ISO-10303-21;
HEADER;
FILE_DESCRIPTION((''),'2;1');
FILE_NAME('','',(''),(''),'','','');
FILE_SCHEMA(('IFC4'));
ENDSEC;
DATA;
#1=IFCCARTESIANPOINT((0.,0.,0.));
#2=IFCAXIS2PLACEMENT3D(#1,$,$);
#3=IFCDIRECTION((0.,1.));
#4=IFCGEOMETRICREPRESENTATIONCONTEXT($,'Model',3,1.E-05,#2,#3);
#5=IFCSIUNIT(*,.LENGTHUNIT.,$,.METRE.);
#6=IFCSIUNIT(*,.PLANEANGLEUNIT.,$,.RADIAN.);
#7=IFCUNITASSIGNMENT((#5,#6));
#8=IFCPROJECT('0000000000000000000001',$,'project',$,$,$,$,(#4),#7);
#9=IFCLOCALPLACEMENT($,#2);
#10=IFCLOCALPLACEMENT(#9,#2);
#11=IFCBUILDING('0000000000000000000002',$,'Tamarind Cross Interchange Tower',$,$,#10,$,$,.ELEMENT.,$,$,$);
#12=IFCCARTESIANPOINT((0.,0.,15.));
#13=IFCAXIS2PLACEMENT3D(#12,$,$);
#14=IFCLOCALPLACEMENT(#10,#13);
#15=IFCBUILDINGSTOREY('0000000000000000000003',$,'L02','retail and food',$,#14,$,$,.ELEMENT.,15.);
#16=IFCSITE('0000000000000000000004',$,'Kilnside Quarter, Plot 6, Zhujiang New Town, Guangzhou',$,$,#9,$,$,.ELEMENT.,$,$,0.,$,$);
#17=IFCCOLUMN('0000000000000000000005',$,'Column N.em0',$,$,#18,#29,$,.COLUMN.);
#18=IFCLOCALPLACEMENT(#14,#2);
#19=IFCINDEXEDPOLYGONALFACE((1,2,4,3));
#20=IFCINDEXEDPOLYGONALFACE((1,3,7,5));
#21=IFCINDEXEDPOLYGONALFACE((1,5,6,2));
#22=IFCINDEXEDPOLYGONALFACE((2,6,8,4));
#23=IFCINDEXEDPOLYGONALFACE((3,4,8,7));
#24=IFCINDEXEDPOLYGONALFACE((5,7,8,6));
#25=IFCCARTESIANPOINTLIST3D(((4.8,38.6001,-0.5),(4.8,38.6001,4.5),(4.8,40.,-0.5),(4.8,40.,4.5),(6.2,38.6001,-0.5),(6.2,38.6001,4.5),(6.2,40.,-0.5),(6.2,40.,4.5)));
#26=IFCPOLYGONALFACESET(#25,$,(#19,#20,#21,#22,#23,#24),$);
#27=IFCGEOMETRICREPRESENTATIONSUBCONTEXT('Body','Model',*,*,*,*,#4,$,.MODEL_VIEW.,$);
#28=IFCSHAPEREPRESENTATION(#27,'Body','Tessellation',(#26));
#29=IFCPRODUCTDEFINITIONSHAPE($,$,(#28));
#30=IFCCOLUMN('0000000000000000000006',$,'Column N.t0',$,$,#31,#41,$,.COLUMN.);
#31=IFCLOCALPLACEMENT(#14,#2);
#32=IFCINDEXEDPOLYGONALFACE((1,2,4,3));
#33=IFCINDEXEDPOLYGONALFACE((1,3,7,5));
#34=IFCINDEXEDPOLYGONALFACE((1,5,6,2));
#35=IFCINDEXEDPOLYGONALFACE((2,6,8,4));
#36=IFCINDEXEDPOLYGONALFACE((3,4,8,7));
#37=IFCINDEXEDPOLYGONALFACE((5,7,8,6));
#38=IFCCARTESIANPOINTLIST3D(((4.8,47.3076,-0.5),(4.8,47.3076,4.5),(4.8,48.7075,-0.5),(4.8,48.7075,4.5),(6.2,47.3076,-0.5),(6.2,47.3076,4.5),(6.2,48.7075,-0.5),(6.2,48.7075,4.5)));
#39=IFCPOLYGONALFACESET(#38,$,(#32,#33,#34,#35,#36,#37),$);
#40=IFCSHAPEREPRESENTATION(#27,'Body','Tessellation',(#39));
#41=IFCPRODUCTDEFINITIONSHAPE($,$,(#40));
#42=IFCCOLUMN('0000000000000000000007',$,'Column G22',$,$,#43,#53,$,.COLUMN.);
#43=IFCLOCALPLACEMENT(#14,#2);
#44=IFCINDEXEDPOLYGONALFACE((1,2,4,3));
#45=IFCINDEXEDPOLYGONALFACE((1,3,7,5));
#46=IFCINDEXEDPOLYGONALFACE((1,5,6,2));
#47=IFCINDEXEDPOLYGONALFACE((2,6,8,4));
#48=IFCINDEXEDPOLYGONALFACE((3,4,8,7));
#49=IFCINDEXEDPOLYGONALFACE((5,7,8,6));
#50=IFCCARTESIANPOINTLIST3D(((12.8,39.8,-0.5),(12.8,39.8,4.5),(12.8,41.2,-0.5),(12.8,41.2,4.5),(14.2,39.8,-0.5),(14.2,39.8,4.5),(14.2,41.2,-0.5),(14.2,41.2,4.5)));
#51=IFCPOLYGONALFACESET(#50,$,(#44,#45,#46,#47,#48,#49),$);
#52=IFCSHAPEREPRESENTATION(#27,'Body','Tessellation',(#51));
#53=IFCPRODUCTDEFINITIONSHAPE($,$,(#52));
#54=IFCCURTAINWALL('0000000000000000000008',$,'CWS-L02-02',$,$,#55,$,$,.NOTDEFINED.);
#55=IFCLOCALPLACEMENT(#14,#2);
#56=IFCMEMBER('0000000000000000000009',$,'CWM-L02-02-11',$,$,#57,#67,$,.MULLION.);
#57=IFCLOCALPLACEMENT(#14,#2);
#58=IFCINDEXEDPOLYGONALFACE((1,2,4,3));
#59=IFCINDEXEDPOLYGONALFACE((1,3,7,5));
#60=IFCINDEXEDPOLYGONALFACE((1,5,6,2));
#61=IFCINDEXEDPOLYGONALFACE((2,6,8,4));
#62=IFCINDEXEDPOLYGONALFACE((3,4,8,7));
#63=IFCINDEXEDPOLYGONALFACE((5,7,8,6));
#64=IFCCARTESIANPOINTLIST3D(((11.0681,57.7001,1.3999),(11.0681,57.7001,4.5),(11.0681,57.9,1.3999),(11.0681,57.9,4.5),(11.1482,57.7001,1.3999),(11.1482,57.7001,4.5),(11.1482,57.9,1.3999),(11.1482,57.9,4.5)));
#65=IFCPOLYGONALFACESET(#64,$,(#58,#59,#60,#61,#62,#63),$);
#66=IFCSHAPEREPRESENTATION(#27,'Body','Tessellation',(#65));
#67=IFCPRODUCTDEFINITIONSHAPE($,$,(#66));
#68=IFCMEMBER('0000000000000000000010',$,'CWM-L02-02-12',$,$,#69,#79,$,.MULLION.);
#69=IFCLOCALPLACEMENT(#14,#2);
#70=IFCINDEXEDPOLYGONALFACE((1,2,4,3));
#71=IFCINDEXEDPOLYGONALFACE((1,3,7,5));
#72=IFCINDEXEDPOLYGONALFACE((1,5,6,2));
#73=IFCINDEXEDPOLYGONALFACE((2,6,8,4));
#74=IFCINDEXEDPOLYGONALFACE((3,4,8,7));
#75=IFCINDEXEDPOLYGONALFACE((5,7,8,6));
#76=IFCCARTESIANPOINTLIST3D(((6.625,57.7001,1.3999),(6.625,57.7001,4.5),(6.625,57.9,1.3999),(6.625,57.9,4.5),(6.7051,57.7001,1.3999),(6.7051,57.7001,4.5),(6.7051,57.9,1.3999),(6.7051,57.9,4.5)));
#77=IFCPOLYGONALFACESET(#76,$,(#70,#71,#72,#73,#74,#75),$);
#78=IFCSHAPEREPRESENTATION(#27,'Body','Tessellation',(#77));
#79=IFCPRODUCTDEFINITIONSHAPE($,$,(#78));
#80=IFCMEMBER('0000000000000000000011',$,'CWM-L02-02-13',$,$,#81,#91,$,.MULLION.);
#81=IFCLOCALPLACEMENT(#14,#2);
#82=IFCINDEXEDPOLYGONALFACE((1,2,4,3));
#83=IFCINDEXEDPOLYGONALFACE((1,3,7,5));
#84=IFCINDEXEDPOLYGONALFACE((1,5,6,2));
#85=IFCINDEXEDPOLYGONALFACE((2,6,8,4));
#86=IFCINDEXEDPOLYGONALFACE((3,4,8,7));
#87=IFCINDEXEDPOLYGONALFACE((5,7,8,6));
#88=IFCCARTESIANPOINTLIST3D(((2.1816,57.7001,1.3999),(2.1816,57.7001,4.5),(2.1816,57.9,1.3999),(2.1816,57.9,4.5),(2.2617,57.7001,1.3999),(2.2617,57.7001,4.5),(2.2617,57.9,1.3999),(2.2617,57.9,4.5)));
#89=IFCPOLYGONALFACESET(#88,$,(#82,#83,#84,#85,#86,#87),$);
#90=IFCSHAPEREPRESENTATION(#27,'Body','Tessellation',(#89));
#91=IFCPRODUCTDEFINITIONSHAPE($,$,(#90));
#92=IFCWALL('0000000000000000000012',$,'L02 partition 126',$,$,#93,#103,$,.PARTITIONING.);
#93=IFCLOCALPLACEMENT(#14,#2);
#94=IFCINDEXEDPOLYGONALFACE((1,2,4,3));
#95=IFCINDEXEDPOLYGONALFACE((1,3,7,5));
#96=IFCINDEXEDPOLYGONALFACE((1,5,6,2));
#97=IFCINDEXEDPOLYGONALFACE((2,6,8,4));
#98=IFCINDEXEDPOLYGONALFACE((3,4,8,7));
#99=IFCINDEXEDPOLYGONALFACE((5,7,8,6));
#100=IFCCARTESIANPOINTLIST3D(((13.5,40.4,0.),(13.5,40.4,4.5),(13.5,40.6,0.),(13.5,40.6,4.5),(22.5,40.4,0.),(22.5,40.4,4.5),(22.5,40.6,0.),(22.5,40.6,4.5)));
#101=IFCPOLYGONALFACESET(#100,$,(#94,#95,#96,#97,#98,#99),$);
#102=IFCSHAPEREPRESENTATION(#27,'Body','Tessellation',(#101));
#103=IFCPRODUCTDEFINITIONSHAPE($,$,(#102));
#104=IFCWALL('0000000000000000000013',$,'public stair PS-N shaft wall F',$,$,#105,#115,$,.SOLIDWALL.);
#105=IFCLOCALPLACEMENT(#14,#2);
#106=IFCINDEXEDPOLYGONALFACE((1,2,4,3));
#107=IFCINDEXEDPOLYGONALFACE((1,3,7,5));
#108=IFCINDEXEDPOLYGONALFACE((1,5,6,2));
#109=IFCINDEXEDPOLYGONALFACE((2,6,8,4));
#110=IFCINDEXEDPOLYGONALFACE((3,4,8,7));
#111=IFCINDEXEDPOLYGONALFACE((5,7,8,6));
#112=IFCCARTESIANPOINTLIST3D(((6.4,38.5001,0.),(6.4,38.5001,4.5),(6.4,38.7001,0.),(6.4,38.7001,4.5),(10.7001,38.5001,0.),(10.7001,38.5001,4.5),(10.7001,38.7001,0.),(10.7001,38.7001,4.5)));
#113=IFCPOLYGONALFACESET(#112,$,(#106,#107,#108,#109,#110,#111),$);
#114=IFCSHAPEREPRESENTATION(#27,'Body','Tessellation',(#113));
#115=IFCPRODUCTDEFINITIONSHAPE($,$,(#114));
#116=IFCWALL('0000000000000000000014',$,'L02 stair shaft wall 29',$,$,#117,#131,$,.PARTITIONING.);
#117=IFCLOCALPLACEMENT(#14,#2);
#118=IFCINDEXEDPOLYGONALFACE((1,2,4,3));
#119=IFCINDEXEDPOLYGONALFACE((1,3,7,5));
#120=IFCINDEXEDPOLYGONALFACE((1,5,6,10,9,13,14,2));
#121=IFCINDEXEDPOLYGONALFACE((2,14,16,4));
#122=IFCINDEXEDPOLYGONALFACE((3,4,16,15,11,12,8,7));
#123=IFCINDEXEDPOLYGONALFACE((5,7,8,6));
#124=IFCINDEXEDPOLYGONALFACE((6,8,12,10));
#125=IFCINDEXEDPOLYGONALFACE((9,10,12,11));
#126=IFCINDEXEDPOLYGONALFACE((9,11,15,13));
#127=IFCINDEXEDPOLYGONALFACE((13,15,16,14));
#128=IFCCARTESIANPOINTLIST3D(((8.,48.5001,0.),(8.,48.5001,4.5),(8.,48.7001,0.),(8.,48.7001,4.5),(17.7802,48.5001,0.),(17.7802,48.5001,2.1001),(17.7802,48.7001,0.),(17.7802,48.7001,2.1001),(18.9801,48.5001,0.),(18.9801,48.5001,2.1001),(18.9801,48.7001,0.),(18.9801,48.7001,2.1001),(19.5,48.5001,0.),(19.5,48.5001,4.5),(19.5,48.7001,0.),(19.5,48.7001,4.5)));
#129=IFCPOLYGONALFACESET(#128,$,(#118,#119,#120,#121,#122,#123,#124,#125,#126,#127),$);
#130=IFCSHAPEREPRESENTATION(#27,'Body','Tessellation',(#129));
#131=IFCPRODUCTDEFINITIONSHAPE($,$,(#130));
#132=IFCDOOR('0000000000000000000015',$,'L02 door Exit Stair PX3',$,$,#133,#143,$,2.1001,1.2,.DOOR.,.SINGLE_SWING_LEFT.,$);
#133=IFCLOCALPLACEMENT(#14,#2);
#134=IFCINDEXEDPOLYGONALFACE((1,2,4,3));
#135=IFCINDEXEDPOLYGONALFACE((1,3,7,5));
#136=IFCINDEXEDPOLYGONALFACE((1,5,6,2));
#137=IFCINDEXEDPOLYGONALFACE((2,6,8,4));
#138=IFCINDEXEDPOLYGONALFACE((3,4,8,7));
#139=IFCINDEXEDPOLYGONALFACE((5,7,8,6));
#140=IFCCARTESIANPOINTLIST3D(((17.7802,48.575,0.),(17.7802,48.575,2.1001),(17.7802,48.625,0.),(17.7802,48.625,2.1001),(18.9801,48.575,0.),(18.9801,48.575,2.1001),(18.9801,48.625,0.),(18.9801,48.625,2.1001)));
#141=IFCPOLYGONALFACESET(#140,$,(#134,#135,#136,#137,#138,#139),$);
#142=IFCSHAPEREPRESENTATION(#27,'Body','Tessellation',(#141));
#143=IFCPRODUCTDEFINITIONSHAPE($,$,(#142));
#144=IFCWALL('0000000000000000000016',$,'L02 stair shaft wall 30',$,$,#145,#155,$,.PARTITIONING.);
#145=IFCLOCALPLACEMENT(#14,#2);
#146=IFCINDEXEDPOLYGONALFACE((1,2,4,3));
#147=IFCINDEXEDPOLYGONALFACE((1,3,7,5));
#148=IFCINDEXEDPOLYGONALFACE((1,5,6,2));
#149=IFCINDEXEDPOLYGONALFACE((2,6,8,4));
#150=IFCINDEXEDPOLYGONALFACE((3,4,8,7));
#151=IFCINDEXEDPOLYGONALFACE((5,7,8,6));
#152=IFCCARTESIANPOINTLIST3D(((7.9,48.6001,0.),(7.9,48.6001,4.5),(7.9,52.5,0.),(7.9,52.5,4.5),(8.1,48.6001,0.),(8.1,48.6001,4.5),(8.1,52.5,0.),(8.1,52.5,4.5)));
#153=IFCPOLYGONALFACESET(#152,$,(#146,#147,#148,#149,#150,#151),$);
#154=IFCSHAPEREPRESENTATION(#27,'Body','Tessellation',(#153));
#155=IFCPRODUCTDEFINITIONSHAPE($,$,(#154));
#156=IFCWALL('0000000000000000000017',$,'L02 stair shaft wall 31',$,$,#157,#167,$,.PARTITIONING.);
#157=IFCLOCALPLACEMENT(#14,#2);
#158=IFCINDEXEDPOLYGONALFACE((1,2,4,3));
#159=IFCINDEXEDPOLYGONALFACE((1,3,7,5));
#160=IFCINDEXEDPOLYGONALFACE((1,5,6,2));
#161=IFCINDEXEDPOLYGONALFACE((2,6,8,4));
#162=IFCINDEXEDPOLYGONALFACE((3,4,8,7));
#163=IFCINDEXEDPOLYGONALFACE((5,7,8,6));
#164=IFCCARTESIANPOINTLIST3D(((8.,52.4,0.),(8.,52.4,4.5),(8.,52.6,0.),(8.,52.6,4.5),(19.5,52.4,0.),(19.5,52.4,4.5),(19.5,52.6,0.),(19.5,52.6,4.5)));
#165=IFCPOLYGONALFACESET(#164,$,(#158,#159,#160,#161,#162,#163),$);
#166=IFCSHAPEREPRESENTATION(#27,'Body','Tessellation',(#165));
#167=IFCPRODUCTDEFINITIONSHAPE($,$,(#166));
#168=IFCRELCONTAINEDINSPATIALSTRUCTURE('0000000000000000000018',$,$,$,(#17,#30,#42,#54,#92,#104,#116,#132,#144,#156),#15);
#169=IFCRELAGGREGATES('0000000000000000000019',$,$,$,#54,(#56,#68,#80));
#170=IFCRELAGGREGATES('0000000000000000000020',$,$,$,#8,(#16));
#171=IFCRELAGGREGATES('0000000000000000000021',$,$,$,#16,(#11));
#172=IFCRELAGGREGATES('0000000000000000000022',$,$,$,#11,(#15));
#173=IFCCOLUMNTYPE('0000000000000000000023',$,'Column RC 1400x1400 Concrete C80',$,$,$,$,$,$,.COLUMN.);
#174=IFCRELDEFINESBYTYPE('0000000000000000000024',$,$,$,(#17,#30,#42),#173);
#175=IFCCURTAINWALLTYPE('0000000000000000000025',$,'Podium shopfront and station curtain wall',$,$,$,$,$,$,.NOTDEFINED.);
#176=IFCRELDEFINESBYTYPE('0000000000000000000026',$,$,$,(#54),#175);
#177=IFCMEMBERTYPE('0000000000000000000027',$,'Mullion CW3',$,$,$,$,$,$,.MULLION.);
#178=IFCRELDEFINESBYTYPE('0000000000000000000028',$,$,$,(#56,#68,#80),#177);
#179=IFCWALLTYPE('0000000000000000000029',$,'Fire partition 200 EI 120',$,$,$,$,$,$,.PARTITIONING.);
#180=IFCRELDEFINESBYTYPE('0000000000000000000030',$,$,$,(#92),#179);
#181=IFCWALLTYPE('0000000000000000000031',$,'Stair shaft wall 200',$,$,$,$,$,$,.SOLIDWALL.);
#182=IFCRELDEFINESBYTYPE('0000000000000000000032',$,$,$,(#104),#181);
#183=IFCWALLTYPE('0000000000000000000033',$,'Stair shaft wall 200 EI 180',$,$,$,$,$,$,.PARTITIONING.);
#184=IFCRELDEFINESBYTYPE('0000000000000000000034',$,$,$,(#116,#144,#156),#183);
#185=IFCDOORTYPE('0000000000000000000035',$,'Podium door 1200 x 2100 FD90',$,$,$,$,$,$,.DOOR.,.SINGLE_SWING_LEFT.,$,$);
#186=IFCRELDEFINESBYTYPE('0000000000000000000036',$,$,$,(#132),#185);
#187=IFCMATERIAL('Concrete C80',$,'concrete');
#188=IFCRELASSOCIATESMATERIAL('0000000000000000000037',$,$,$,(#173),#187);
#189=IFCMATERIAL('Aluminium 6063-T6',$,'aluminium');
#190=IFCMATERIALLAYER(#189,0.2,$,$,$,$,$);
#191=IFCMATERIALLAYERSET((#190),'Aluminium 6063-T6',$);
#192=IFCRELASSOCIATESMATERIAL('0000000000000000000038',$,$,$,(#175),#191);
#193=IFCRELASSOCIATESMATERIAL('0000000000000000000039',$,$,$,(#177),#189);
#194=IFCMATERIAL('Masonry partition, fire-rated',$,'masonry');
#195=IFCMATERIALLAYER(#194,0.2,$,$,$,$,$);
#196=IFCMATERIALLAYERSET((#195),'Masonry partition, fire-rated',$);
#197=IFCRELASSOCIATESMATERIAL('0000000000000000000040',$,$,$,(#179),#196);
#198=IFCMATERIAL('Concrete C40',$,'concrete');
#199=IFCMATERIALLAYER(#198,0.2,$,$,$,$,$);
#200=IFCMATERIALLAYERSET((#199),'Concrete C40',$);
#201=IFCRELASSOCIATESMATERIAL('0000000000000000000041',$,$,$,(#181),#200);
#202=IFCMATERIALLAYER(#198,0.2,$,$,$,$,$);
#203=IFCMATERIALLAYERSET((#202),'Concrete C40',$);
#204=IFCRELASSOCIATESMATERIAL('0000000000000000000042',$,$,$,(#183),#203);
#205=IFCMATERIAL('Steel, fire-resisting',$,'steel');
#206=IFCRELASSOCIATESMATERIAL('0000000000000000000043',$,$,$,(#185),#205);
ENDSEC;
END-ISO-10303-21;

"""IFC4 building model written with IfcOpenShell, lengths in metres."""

from ifc_helpers import new_model, si_unit, direction, frame, frame_2d, origin, origin_2d, place, context, subcontext, project, spatial, rectangle, extrude, material, layer, layer_set, material_profile, profile_set, type_object, element, fill, aggregate, save


model = new_model("IFC4")

# Units and contexts
model_context = context("Model", 3, precision=1e-05, world=origin(), true_north=direction((0.0, 1.0)))
body_context = subcontext(model_context, "Body", "Model", "MODEL_VIEW")
ifc_project = project(units=[si_unit("LENGTHUNIT", "METRE"), si_unit("PLANEANGLEUNIT", "RADIAN")], contexts=[model_context])

# Site, building, storey
site_placement = place(None, origin())
site = spatial("IfcSite", under=ifc_project, at=site_placement, Name="Kilnside Quarter, Plot 6, Zhujiang New Town, Guangzhou", CompositionType="ELEMENT", RefElevation=0.0)
building_placement = place(site_placement, origin())
building = spatial("IfcBuilding", under=site, at=building_placement, Name="Tamarind Cross Interchange Tower", CompositionType="ELEMENT")
storey_placement = place(building_placement, frame((0.0, 0.0, 15.0)))
storey = spatial("IfcBuildingStorey", under=building, at=storey_placement, Name="L02", Description="retail and food", CompositionType="ELEMENT", Elevation=15.0)

# Columns
ifc_material_1 = material(Name="Concrete C80", Category="concrete")
ifc_material_profile_1 = material_profile(ifc_material_1, rectangle(XDim=1.3999, YDim=1.3999, at=origin_2d()), Name="RC 1400x1400")
ifc_profile_set_1 = profile_set([ifc_material_profile_1], Name="Concrete C80")
column_type = type_object("IfcColumnType", Name="Column RC 1400x1400 Concrete C80", PredefinedType="COLUMN", material=ifc_profile_set_1)
for number, where, z_axis, x_axis, name in (
    (1, (5.5, 39.3, -0.5), (0.0, 0.0, 1.0), (1.0, 0.0, 0.0), "Column N.em0"),
    (2, (5.5, 48.0076, -0.5), (0.0, 0.0, 1.0), (1.0, 0.0, 0.0), "Column N.t0"),
    (3, (13.5, 40.5, -0.5), (0.0, 0.0, 1.0), (1.0, 0.0, 0.0), "Column G22"),
):
    element("IfcColumn", number, at=place(storey_placement, frame(where, z_axis=z_axis, x_axis=x_axis)), inside=storey, type_object=column_type, Name=name, PredefinedType="COLUMN", context=body_context, shape_type="SweptSolid", body=[
        extrude(rectangle(XDim=1.3999, YDim=1.3999, at=origin_2d()), origin(), (0.0, 0.0, 1.0), 5.0),
    ])

# Curtain wall, members
ifc_material_2 = material(Name="Aluminium 6063-T6", Category="aluminium")
ifc_layer_1 = layer(ifc_material_2, 0.2)
ifc_layer_set_1 = layer_set([ifc_layer_1], Name="Aluminium 6063-T6")
curtain_wall_type = type_object("IfcCurtainWallType", Name="Podium shopfront and station curtain wall", PredefinedType="NOTDEFINED", material=ifc_layer_set_1)
curtain_wall_placement = place(storey_placement, origin())
curtain_wall = element("IfcCurtainWall", 4, at=curtain_wall_placement, inside=storey, type_object=curtain_wall_type, Name="CWS-L02-02", PredefinedType="NOTDEFINED")
ifc_material_profile_2 = material_profile(ifc_material_2, rectangle(XDim=0.0801, YDim=0.2, at=origin_2d()), Name="Mullion CW3")
ifc_profile_set_2 = profile_set([ifc_material_profile_2], Name="Aluminium 6063-T6")
member_type = type_object("IfcMemberType", Name="Mullion CW3", PredefinedType="MULLION", material=ifc_profile_set_2)
member_1_placement = place(storey_placement, frame((11.1082, 57.8, 1.3999), z_axis=(0.0, 0.0, 1.0), x_axis=(-1.0, 0.0, 0.0)))
member_1 = element("IfcMember", 5, at=member_1_placement, type_object=member_type, Name="CWM-L02-02-11", PredefinedType="MULLION", context=body_context, shape_type="SweptSolid", body=[
    extrude(rectangle(XDim=0.0801, YDim=0.2, at=origin_2d()), origin(), (0.0, 0.0, 1.0), 3.1001),
])
member_2_placement = place(storey_placement, frame((6.665, 57.8, 1.3999), z_axis=(0.0, 0.0, 1.0), x_axis=(-1.0, 0.0, 0.0)))
member_2 = element("IfcMember", 6, at=member_2_placement, type_object=member_type, Name="CWM-L02-02-12", PredefinedType="MULLION", context=body_context, shape_type="SweptSolid", body=[
    extrude(rectangle(XDim=0.0801, YDim=0.2, at=origin_2d()), origin(), (0.0, 0.0, 1.0), 3.1001),
])
member_3_placement = place(storey_placement, frame((2.2217, 57.8, 1.3999), z_axis=(0.0, 0.0, 1.0), x_axis=(-1.0, 0.0, 0.0)))
member_3 = element("IfcMember", 7, at=member_3_placement, type_object=member_type, Name="CWM-L02-02-13", PredefinedType="MULLION", context=body_context, shape_type="SweptSolid", body=[
    extrude(rectangle(XDim=0.0801, YDim=0.2, at=origin_2d()), origin(), (0.0, 0.0, 1.0), 3.1001),
])
aggregate(curtain_wall, [member_1, member_2, member_3])

# Walls
ifc_material_3 = material(Name="Masonry partition, fire-rated", Category="masonry")
ifc_layer_2 = layer(ifc_material_3, 0.2)
ifc_layer_set_2 = layer_set([ifc_layer_2], Name="Masonry partition, fire-rated")
wall_type_1 = type_object("IfcWallType", Name="Fire partition 200 EI 120", PredefinedType="PARTITIONING", material=ifc_layer_set_2)
wall_1_placement = place(storey_placement, frame((13.5, 40.5, 0.0), z_axis=(0.0, 0.0, 1.0), x_axis=(1.0, 0.0, 0.0)))
element("IfcWall", 8, at=wall_1_placement, inside=storey, type_object=wall_type_1, Name="L02 partition 126", PredefinedType="PARTITIONING", context=body_context, shape_type="SweptSolid", body=[
    extrude(rectangle(XDim=9.0, YDim=0.2, at=frame_2d((4.5, 0.0))), origin(), (0.0, 0.0, 1.0), 4.5),
])
ifc_material_4 = material(Name="Concrete C40", Category="concrete")
ifc_layer_3 = layer(ifc_material_4, 0.2)
ifc_layer_set_3 = layer_set([ifc_layer_3], Name="Concrete C40")
wall_type_2 = type_object("IfcWallType", Name="Stair shaft wall 200", PredefinedType="SOLIDWALL", material=ifc_layer_set_3)
wall_2_placement = place(storey_placement, frame((10.7, 38.6001, 0.0), z_axis=(0.0, 0.0, 1.0), x_axis=(-1.0, 0.0, 0.0)))
element("IfcWall", 9, at=wall_2_placement, inside=storey, type_object=wall_type_2, Name="public stair PS-N shaft wall F", PredefinedType="SOLIDWALL", context=body_context, shape_type="SweptSolid", body=[
    extrude(rectangle(XDim=4.3, YDim=0.2, at=frame_2d((2.1499, 0.0))), origin(), (0.0, 0.0, 1.0), 4.5),
])

# Wall, opening, door
ifc_layer_4 = layer(ifc_material_4, 0.2)
ifc_layer_set_4 = layer_set([ifc_layer_4], Name="Concrete C40")
wall_type_3 = type_object("IfcWallType", Name="Stair shaft wall 200 EI 180", PredefinedType="PARTITIONING", material=ifc_layer_set_4)
wall_3_placement = place(storey_placement, frame((8.0, 48.6001, 0.0), z_axis=(0.0, 0.0, 1.0), x_axis=(1.0, 0.0, 0.0)))
wall_3 = element("IfcWall", 10, at=wall_3_placement, inside=storey, type_object=wall_type_3, Name="L02 stair shaft wall 29", PredefinedType="PARTITIONING", context=body_context, shape_type="SweptSolid", body=[
    extrude(rectangle(XDim=11.5, YDim=0.2, at=frame_2d((5.75, 0.0))), origin(), (0.0, 0.0, 1.0), 4.5),
])
opening_placement = place(wall_3_placement, frame((9.78, 0.0, 0.0)))
opening = element("IfcOpeningElement", 11, at=opening_placement, cuts=wall_3, PredefinedType="OPENING", context=body_context, shape_type="SweptSolid", body=[
    extrude(rectangle(XDim=1.2, YDim=2.1001, at=frame_2d((0.6001, 1.05))), frame((0.0, 0.1099, 0.0), z_axis=(0.0, -1.0, 0.0), x_axis=(1.0, 0.0, 0.0)), (0.0, 0.0, 1.0), 0.22),
])
ifc_material_5 = material(Name="Steel, fire-resisting", Category="steel")
door_type = type_object("IfcDoorType", Name="Podium door 1200 x 2100 FD90", OperationType="SINGLE_SWING_LEFT", PredefinedType="DOOR", material=ifc_material_5)
door_placement = place(opening_placement, origin())
door = element("IfcDoor", 12, at=door_placement, inside=storey, type_object=door_type, Name="L02 door Exit Stair PX3", OperationType="SINGLE_SWING_LEFT", OverallHeight=2.1001, OverallWidth=1.2, PredefinedType="DOOR", context=body_context, shape_type="SweptSolid", body=[
    extrude(rectangle(XDim=1.2, YDim=2.1001, at=frame_2d((0.6001, 1.05))), frame((0.0, 0.0249, 0.0), z_axis=(0.0, -1.0, 0.0), x_axis=(1.0, 0.0, 0.0)), (0.0, 0.0, 1.0), 0.05),
])
fill(opening, door)

# Walls
wall_4_placement = place(storey_placement, frame((8.0, 48.6001, 0.0), z_axis=(0.0, 0.0, 1.0), x_axis=(0.0, 1.0, 0.0)))
element("IfcWall", 13, at=wall_4_placement, inside=storey, type_object=wall_type_3, Name="L02 stair shaft wall 30", PredefinedType="PARTITIONING", context=body_context, shape_type="SweptSolid", body=[
    extrude(rectangle(XDim=3.8999, YDim=0.2, at=frame_2d((1.95, 0.0))), origin(), (0.0, 0.0, 1.0), 4.5),
])
wall_5_placement = place(storey_placement, frame((8.0, 52.5, 0.0), z_axis=(0.0, 0.0, 1.0), x_axis=(1.0, 0.0, 0.0)))
element("IfcWall", 14, at=wall_5_placement, inside=storey, type_object=wall_type_3, Name="L02 stair shaft wall 31", PredefinedType="PARTITIONING", context=body_context, shape_type="SweptSolid", body=[
    extrude(rectangle(XDim=11.5, YDim=0.2, at=frame_2d((5.75, 0.0))), origin(), (0.0, 0.0, 1.0), 4.5),
])

save(model, "model.ifc")
